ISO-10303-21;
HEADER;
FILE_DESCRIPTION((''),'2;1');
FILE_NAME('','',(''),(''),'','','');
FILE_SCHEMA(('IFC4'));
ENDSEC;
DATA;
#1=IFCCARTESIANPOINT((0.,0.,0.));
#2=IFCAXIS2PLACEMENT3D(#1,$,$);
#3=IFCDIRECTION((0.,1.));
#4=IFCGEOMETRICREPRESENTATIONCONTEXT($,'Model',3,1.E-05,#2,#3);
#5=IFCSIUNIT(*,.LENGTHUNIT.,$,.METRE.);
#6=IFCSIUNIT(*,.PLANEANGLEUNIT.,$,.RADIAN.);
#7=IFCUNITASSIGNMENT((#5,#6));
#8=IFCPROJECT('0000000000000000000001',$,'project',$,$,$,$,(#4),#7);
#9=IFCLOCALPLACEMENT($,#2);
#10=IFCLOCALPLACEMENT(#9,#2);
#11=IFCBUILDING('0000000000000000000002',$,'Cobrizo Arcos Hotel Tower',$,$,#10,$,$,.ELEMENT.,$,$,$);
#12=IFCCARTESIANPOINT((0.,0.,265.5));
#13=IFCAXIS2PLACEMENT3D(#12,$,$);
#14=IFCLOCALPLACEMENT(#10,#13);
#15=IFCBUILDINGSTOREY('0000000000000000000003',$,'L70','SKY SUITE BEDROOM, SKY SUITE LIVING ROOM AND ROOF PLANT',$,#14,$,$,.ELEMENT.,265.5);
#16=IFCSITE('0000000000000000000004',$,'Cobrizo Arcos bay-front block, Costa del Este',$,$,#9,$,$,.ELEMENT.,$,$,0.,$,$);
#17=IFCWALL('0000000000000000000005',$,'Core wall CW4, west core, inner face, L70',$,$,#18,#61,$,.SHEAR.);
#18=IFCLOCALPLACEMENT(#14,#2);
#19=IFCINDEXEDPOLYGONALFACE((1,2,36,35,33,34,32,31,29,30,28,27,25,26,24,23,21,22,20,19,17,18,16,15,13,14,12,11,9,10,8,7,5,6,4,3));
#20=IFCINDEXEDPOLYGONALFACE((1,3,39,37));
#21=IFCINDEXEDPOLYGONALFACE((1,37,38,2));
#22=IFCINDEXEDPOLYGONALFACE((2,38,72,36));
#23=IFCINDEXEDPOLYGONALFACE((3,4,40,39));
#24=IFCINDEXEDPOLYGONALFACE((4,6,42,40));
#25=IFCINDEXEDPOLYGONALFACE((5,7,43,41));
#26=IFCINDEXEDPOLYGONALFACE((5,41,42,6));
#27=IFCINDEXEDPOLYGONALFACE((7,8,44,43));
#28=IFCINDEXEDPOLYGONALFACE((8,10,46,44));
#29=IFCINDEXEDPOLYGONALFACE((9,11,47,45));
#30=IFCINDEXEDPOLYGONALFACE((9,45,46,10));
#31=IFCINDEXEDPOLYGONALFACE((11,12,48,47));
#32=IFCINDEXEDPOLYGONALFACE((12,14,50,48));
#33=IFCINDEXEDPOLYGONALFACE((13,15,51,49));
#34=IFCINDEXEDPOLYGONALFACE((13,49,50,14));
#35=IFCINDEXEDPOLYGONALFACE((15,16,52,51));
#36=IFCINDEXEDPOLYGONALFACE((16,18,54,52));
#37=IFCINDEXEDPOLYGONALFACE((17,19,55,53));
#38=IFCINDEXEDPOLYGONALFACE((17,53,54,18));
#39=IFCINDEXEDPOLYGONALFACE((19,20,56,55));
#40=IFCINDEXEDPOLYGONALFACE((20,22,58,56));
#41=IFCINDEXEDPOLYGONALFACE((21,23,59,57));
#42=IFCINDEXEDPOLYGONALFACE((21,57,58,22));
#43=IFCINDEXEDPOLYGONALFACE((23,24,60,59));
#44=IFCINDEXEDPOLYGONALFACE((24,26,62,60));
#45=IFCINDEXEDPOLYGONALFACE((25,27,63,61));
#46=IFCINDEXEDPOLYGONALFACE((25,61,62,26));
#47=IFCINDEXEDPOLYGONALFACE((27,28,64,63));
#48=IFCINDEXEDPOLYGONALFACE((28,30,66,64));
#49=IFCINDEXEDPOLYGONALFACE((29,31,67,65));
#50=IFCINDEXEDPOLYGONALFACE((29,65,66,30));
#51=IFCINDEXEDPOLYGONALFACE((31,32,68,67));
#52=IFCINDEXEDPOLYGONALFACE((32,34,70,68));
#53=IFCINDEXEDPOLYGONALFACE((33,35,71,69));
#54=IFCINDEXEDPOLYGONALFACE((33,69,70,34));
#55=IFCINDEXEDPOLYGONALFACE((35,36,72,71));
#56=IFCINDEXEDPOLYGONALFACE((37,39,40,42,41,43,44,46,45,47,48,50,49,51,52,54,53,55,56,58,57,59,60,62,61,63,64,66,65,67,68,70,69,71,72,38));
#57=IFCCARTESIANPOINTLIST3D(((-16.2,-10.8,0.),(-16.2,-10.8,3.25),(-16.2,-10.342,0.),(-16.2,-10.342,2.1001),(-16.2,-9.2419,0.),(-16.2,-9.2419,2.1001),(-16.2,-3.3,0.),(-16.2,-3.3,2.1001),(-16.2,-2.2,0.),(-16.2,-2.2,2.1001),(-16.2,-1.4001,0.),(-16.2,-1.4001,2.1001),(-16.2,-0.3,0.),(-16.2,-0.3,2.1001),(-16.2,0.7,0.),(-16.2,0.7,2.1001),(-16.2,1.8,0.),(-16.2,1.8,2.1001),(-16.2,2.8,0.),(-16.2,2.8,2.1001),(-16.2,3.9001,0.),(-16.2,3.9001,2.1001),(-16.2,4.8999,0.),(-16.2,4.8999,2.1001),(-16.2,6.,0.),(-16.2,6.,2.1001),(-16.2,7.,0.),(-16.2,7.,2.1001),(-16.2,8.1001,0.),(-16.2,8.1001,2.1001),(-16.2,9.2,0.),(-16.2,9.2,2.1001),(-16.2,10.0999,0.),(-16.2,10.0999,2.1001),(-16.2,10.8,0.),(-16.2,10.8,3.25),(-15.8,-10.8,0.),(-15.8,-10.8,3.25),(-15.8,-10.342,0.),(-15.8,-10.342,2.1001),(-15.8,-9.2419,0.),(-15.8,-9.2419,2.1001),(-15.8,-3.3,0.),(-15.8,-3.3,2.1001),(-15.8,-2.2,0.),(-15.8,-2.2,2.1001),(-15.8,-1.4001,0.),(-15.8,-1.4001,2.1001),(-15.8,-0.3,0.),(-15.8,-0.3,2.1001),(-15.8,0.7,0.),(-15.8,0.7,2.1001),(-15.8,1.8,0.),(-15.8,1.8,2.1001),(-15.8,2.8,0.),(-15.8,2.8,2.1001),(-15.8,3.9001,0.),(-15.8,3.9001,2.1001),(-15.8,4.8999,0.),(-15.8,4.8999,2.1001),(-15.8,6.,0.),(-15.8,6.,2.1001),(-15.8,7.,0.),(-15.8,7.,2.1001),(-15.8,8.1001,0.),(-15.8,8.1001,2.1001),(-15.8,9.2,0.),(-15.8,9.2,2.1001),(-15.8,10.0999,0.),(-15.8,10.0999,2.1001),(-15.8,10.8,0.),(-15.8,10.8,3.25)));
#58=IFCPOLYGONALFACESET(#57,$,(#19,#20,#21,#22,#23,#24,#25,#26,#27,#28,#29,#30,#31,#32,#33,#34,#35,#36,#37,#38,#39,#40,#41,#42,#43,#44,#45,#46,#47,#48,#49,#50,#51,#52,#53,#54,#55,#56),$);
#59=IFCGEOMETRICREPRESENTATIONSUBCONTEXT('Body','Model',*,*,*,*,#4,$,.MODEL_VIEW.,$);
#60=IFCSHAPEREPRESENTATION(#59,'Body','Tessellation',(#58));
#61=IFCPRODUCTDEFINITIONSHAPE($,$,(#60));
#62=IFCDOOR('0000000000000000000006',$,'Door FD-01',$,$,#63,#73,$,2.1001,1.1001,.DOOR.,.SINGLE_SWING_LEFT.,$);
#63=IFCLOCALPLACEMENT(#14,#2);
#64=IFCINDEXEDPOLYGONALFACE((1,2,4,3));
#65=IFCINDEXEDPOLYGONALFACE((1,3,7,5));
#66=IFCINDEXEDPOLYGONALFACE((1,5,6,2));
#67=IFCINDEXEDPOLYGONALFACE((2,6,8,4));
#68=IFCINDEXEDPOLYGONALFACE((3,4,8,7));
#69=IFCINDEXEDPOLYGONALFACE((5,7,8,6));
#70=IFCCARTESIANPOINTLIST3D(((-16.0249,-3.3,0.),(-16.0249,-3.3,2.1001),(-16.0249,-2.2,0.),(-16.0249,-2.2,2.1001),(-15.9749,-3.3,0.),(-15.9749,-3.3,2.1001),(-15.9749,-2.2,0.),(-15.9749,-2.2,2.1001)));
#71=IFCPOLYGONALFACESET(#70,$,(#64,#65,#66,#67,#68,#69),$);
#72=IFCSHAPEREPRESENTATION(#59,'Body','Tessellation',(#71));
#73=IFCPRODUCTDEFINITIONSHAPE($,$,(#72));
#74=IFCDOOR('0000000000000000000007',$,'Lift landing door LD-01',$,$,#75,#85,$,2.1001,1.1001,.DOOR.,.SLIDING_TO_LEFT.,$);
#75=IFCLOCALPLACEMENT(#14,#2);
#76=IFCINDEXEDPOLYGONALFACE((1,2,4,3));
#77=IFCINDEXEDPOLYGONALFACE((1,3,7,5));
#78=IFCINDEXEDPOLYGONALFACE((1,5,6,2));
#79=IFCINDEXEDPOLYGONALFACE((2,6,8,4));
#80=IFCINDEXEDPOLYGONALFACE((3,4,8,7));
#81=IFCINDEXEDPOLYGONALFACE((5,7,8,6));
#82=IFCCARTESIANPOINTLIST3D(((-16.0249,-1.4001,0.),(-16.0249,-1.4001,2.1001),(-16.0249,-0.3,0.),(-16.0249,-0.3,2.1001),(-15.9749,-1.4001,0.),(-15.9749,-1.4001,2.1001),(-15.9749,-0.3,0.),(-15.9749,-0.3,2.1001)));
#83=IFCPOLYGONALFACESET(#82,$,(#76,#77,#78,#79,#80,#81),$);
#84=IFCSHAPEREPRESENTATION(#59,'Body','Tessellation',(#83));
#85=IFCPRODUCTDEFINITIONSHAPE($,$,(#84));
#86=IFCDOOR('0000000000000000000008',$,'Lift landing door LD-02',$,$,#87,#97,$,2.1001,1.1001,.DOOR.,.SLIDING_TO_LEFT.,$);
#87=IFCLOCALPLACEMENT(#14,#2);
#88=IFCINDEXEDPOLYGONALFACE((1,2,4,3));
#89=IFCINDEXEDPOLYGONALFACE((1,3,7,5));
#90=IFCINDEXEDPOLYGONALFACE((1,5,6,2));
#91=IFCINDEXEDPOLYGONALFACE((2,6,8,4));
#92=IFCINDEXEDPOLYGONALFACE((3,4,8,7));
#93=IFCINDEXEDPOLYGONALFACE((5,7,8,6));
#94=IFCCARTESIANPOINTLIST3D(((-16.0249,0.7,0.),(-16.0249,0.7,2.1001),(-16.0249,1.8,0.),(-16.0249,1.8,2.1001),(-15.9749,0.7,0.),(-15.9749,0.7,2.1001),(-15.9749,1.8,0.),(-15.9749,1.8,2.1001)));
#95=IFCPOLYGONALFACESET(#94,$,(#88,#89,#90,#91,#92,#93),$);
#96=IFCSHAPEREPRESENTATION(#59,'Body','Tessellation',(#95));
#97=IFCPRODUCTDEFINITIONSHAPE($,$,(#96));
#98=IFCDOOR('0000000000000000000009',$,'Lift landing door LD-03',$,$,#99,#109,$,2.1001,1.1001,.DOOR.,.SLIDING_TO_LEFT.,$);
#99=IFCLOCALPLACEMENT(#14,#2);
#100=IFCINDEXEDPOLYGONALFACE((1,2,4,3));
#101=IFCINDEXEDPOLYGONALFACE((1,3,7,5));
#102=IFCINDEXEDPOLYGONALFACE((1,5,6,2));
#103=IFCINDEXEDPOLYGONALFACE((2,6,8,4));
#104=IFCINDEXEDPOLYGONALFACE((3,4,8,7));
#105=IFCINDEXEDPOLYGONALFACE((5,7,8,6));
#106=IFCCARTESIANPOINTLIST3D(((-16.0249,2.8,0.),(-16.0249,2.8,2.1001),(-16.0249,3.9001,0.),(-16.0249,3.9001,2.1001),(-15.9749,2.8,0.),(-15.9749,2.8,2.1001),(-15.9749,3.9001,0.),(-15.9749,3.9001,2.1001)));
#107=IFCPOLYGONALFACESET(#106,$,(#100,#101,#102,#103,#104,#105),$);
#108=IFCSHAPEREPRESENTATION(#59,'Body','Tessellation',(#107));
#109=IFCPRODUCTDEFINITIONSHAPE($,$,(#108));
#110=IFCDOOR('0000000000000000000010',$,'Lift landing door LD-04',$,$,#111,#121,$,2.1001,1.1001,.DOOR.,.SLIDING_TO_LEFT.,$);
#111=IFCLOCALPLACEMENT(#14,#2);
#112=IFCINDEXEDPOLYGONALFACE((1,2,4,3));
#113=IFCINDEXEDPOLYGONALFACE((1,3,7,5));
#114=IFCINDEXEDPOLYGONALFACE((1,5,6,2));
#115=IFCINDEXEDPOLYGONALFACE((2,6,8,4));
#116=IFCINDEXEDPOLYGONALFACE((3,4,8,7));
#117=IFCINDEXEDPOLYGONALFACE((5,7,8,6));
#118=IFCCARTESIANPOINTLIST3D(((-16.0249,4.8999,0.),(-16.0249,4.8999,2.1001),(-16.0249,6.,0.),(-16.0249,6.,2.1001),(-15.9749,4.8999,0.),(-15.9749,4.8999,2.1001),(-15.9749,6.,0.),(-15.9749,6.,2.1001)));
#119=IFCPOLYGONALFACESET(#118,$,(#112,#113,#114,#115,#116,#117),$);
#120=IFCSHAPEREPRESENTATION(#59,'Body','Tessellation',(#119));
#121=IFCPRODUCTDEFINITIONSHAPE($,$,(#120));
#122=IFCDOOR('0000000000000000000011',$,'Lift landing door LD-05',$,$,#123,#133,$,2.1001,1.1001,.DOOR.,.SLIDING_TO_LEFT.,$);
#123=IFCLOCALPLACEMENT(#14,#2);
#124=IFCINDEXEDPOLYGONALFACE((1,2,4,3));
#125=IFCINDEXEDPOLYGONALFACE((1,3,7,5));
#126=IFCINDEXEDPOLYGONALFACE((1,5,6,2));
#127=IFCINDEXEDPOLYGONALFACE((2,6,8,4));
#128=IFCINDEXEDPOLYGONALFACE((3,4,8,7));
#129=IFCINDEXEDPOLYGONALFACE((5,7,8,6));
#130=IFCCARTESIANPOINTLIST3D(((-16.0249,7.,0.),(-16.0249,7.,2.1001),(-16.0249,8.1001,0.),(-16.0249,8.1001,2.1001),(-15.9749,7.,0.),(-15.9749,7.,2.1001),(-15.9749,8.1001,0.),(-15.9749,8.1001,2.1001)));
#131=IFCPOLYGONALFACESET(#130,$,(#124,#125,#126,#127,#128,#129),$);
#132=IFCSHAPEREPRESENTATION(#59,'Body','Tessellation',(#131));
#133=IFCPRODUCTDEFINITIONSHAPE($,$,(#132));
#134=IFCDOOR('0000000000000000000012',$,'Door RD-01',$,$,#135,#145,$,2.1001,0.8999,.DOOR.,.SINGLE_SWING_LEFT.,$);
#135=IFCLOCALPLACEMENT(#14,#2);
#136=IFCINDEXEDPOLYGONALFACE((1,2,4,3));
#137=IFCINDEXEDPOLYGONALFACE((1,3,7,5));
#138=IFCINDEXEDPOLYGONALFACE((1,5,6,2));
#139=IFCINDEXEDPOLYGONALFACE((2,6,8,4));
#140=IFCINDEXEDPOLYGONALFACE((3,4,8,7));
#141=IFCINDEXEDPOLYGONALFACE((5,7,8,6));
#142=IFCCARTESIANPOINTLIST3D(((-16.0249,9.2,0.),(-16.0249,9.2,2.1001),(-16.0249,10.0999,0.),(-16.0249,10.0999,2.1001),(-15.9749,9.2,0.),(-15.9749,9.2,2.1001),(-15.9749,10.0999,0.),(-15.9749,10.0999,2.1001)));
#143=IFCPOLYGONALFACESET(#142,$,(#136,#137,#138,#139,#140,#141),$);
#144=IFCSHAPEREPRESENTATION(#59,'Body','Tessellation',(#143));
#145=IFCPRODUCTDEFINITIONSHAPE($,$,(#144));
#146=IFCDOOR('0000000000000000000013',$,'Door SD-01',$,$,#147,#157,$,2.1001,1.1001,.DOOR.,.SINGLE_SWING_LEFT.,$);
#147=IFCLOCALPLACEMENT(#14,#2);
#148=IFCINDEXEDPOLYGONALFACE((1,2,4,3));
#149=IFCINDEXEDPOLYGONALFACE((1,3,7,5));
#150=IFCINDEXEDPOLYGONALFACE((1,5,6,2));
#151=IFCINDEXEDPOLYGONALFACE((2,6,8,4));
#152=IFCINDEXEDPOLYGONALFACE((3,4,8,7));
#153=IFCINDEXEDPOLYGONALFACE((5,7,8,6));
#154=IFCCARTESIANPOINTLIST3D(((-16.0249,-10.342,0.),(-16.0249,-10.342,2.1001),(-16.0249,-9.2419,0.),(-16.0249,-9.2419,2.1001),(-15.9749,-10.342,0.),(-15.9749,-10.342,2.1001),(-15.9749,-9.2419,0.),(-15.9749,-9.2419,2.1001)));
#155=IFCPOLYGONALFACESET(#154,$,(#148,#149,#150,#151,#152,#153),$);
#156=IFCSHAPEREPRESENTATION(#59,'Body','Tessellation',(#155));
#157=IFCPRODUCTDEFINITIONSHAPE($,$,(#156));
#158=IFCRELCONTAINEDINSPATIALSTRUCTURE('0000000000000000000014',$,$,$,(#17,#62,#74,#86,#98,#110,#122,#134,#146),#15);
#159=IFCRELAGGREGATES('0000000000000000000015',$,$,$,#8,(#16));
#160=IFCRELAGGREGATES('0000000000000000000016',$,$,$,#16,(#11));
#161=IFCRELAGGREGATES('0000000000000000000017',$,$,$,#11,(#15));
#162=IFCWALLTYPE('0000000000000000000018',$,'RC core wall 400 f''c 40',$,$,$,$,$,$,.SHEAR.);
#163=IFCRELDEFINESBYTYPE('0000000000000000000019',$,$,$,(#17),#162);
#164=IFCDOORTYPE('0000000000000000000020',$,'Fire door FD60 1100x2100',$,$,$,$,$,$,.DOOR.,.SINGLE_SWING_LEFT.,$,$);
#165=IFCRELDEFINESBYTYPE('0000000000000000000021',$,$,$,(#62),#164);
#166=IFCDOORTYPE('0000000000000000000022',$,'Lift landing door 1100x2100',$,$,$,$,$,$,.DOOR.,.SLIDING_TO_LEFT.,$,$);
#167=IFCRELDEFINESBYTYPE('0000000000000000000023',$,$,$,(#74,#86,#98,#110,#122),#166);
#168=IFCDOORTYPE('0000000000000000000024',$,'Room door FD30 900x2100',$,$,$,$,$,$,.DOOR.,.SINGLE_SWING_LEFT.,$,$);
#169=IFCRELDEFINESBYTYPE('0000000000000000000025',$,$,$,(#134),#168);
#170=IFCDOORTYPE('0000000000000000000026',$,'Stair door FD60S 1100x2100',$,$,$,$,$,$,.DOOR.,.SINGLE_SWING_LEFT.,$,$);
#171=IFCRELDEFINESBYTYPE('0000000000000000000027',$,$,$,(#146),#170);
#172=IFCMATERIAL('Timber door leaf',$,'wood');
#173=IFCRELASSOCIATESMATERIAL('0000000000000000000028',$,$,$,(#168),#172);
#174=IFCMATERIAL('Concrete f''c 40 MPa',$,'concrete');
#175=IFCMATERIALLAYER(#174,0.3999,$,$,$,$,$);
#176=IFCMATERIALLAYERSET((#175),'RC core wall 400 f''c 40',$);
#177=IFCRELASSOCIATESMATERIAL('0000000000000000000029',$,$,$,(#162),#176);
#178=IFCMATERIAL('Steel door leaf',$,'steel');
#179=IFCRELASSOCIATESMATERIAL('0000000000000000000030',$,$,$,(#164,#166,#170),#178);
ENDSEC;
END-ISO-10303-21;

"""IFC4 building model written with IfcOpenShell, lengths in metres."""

from ifc_helpers import new_model, si_unit, direction, frame, frame_2d, origin, place, context, subcontext, project, spatial, rectangle, extrude, material, layer, layer_set, type_object, element, fill, save


model = new_model("IFC4")

# Units and contexts
model_context = context("Model", 3, precision=1e-05, world=origin(), true_north=direction((0.0, 1.0)))
body_context = subcontext(model_context, "Body", "Model", "MODEL_VIEW")
ifc_project = project(units=[si_unit("LENGTHUNIT", "METRE"), si_unit("PLANEANGLEUNIT", "RADIAN")], contexts=[model_context])

# Site, building, storey
site_placement = place(None, origin())
site = spatial("IfcSite", under=ifc_project, at=site_placement, Name="Cobrizo Arcos bay-front block, Costa del Este", CompositionType="ELEMENT", RefElevation=0.0)
building_placement = place(site_placement, origin())
building = spatial("IfcBuilding", under=site, at=building_placement, Name="Cobrizo Arcos Hotel Tower", CompositionType="ELEMENT")
storey_placement = place(building_placement, frame((0.0, 0.0, 265.5)))
storey = spatial("IfcBuildingStorey", under=building, at=storey_placement, Name="L70", Description="SKY SUITE BEDROOM, SKY SUITE LIVING ROOM AND ROOF PLANT", CompositionType="ELEMENT", Elevation=265.5)

# Shared definitions
ifc_material_1 = material(Name="Timber door leaf", Category="wood")
door_type_1 = type_object("IfcDoorType", Name="Room door FD30 900x2100", OperationType="SINGLE_SWING_LEFT", PredefinedType="DOOR", material=ifc_material_1)

# Wall, openings, doors
ifc_material_2 = material(Name="Concrete f'c 40 MPa", Category="concrete")
ifc_layer_1 = layer(ifc_material_2, 0.3999)
ifc_layer_set_1 = layer_set([ifc_layer_1], Name="RC core wall 400 f'c 40")
wall_type_1 = type_object("IfcWallType", Name="RC core wall 400 f'c 40", PredefinedType="SHEAR", material=ifc_layer_set_1)
wall_1_placement = place(storey_placement, frame((-16.0, -10.8, 0.0), z_axis=(0.0, 0.0, 1.0), x_axis=(0.0, 1.0, 0.0)))
wall_1 = element("IfcWall", 1, at=wall_1_placement, inside=storey, type_object=wall_type_1, Name="Core wall CW4, west core, inner face, L70", PredefinedType="SHEAR", context=body_context, shape_type="SweptSolid", body=[
    extrude(rectangle(XDim=21.6001, YDim=0.3999, at=frame_2d((10.8, 0.0))), origin(), (0.0, 0.0, 1.0), 3.25),
])
opening_1_placement = place(wall_1_placement, frame((9.3999, 0.0, 0.0)))
opening_1 = element("IfcOpeningElement", 2, at=opening_1_placement, cuts=wall_1, PredefinedType="OPENING", context=body_context, shape_type="SweptSolid", body=[
    extrude(rectangle(XDim=1.1001, YDim=2.1001, at=frame_2d((0.55, 1.05))), frame((0.0, 0.2119, 0.0), z_axis=(0.0, -1.0, 0.0), x_axis=(1.0, 0.0, 0.0)), (0.0, 0.0, 1.0), 0.4238),
])
opening_2_placement = place(wall_1_placement, frame((11.5, 0.0, 0.0)))
opening_2 = element("IfcOpeningElement", 3, at=opening_2_placement, cuts=wall_1, PredefinedType="OPENING", context=body_context, shape_type="SweptSolid", body=[
    extrude(rectangle(XDim=1.1001, YDim=2.1001, at=frame_2d((0.55, 1.05))), frame((0.0, 0.2119, 0.0), z_axis=(0.0, -1.0, 0.0), x_axis=(1.0, 0.0, 0.0)), (0.0, 0.0, 1.0), 0.4238),
])
opening_3_placement = place(wall_1_placement, frame((13.6001, 0.0, 0.0)))
opening_3 = element("IfcOpeningElement", 4, at=opening_3_placement, cuts=wall_1, PredefinedType="OPENING", context=body_context, shape_type="SweptSolid", body=[
    extrude(rectangle(XDim=1.1001, YDim=2.1001, at=frame_2d((0.55, 1.05))), frame((0.0, 0.2119, 0.0), z_axis=(0.0, -1.0, 0.0), x_axis=(1.0, 0.0, 0.0)), (0.0, 0.0, 1.0), 0.4238),
])
opening_4_placement = place(wall_1_placement, frame((15.7, 0.0, 0.0)))
opening_4 = element("IfcOpeningElement", 5, at=opening_4_placement, cuts=wall_1, PredefinedType="OPENING", context=body_context, shape_type="SweptSolid", body=[
    extrude(rectangle(XDim=1.1001, YDim=2.1001, at=frame_2d((0.55, 1.05))), frame((0.0, 0.2119, 0.0), z_axis=(0.0, -1.0, 0.0), x_axis=(1.0, 0.0, 0.0)), (0.0, 0.0, 1.0), 0.4238),
])
opening_5_placement = place(wall_1_placement, frame((17.8, 0.0, 0.0)))
opening_5 = element("IfcOpeningElement", 6, at=opening_5_placement, cuts=wall_1, PredefinedType="OPENING", context=body_context, shape_type="SweptSolid", body=[
    extrude(rectangle(XDim=1.1001, YDim=2.1001, at=frame_2d((0.55, 1.05))), frame((0.0, 0.2119, 0.0), z_axis=(0.0, -1.0, 0.0), x_axis=(1.0, 0.0, 0.0)), (0.0, 0.0, 1.0), 0.4238),
])
opening_6_placement = place(wall_1_placement, frame((0.458, 0.0, 0.0)))
opening_6 = element("IfcOpeningElement", 7, at=opening_6_placement, cuts=wall_1, PredefinedType="OPENING", context=body_context, shape_type="SweptSolid", body=[
    extrude(rectangle(XDim=1.1001, YDim=2.1001, at=frame_2d((0.55, 1.05))), frame((0.0, 0.2119, 0.0), z_axis=(0.0, -1.0, 0.0), x_axis=(1.0, 0.0, 0.0)), (0.0, 0.0, 1.0), 0.4238),
])
opening_7_placement = place(wall_1_placement, frame((7.5, 0.0, 0.0)))
opening_7 = element("IfcOpeningElement", 8, at=opening_7_placement, cuts=wall_1, PredefinedType="OPENING", context=body_context, shape_type="SweptSolid", body=[
    extrude(rectangle(XDim=1.1001, YDim=2.1001, at=frame_2d((0.55, 1.05))), frame((0.0, 0.2119, 0.0), z_axis=(0.0, -1.0, 0.0), x_axis=(1.0, 0.0, 0.0)), (0.0, 0.0, 1.0), 0.4238),
])
opening_8_placement = place(wall_1_placement, frame((20.0, 0.0, 0.0)))
opening_8 = element("IfcOpeningElement", 9, at=opening_8_placement, cuts=wall_1, PredefinedType="OPENING", context=body_context, shape_type="SweptSolid", body=[
    extrude(rectangle(XDim=0.8999, YDim=2.1001, at=frame_2d((0.45, 1.05))), frame((0.0, 0.2119, 0.0), z_axis=(0.0, -1.0, 0.0), x_axis=(1.0, 0.0, 0.0)), (0.0, 0.0, 1.0), 0.4238),
])
ifc_material_3 = material(Name="Steel door leaf", Category="steel")
door_type_2 = type_object("IfcDoorType", Name="Fire door FD60 1100x2100", OperationType="SINGLE_SWING_LEFT", PredefinedType="DOOR", material=ifc_material_3)
door_1_placement = place(opening_7_placement, origin())
door_1 = element("IfcDoor", 10, at=door_1_placement, inside=storey, type_object=door_type_2, Name="Door FD-01", OperationType="SINGLE_SWING_LEFT", OverallHeight=2.1001, OverallWidth=1.1001, PredefinedType="DOOR", context=body_context, shape_type="SweptSolid", body=[
    extrude(rectangle(XDim=1.1001, YDim=2.1001, at=frame_2d((0.55, 1.05))), frame((0.0, 0.0249, 0.0), z_axis=(0.0, -1.0, 0.0), x_axis=(1.0, 0.0, 0.0)), (0.0, 0.0, 1.0), 0.05),
])
fill(opening_7, door_1)
door_type_3 = type_object("IfcDoorType", Name="Lift landing door 1100x2100", OperationType="SLIDING_TO_LEFT", PredefinedType="DOOR", material=ifc_material_3)
door_2_placement = place(opening_1_placement, origin())
door_2 = element("IfcDoor", 11, at=door_2_placement, inside=storey, type_object=door_type_3, Name="Lift landing door LD-01", OperationType="SLIDING_TO_LEFT", OverallHeight=2.1001, OverallWidth=1.1001, PredefinedType="DOOR", context=body_context, shape_type="SweptSolid", body=[
    extrude(rectangle(XDim=1.1001, YDim=2.1001, at=frame_2d((0.55, 1.05))), frame((0.0, 0.0249, 0.0), z_axis=(0.0, -1.0, 0.0), x_axis=(1.0, 0.0, 0.0)), (0.0, 0.0, 1.0), 0.05),
])
fill(opening_1, door_2)
door_3_placement = place(opening_2_placement, origin())
door_3 = element("IfcDoor", 12, at=door_3_placement, inside=storey, type_object=door_type_3, Name="Lift landing door LD-02", OperationType="SLIDING_TO_LEFT", OverallHeight=2.1001, OverallWidth=1.1001, PredefinedType="DOOR", context=body_context, shape_type="SweptSolid", body=[
    extrude(rectangle(XDim=1.1001, YDim=2.1001, at=frame_2d((0.55, 1.05))), frame((0.0, 0.0249, 0.0), z_axis=(0.0, -1.0, 0.0), x_axis=(1.0, 0.0, 0.0)), (0.0, 0.0, 1.0), 0.05),
])
fill(opening_2, door_3)
door_4_placement = place(opening_3_placement, origin())
door_4 = element("IfcDoor", 13, at=door_4_placement, inside=storey, type_object=door_type_3, Name="Lift landing door LD-03", OperationType="SLIDING_TO_LEFT", OverallHeight=2.1001, OverallWidth=1.1001, PredefinedType="DOOR", context=body_context, shape_type="SweptSolid", body=[
    extrude(rectangle(XDim=1.1001, YDim=2.1001, at=frame_2d((0.55, 1.05))), frame((0.0, 0.0249, 0.0), z_axis=(0.0, -1.0, 0.0), x_axis=(1.0, 0.0, 0.0)), (0.0, 0.0, 1.0), 0.05),
])
fill(opening_3, door_4)
door_5_placement = place(opening_4_placement, origin())
door_5 = element("IfcDoor", 14, at=door_5_placement, inside=storey, type_object=door_type_3, Name="Lift landing door LD-04", OperationType="SLIDING_TO_LEFT", OverallHeight=2.1001, OverallWidth=1.1001, PredefinedType="DOOR", context=body_context, shape_type="SweptSolid", body=[
    extrude(rectangle(XDim=1.1001, YDim=2.1001, at=frame_2d((0.55, 1.05))), frame((0.0, 0.0249, 0.0), z_axis=(0.0, -1.0, 0.0), x_axis=(1.0, 0.0, 0.0)), (0.0, 0.0, 1.0), 0.05),
])
fill(opening_4, door_5)
door_6_placement = place(opening_5_placement, origin())
door_6 = element("IfcDoor", 15, at=door_6_placement, inside=storey, type_object=door_type_3, Name="Lift landing door LD-05", OperationType="SLIDING_TO_LEFT", OverallHeight=2.1001, OverallWidth=1.1001, PredefinedType="DOOR", context=body_context, shape_type="SweptSolid", body=[
    extrude(rectangle(XDim=1.1001, YDim=2.1001, at=frame_2d((0.55, 1.05))), frame((0.0, 0.0249, 0.0), z_axis=(0.0, -1.0, 0.0), x_axis=(1.0, 0.0, 0.0)), (0.0, 0.0, 1.0), 0.05),
])
fill(opening_5, door_6)
door_7_placement = place(opening_8_placement, origin())
door_7 = element("IfcDoor", 16, at=door_7_placement, inside=storey, type_object=door_type_1, Name="Door RD-01", OperationType="SINGLE_SWING_LEFT", OverallHeight=2.1001, OverallWidth=0.8999, PredefinedType="DOOR", context=body_context, shape_type="SweptSolid", body=[
    extrude(rectangle(XDim=0.8999, YDim=2.1001, at=frame_2d((0.45, 1.05))), frame((0.0, 0.0249, 0.0), z_axis=(0.0, -1.0, 0.0), x_axis=(1.0, 0.0, 0.0)), (0.0, 0.0, 1.0), 0.05),
])
fill(opening_8, door_7)
door_type_4 = type_object("IfcDoorType", Name="Stair door FD60S 1100x2100", OperationType="SINGLE_SWING_LEFT", PredefinedType="DOOR", material=ifc_material_3)
door_8_placement = place(opening_6_placement, origin())
door_8 = element("IfcDoor", 17, at=door_8_placement, inside=storey, type_object=door_type_4, Name="Door SD-01", OperationType="SINGLE_SWING_LEFT", OverallHeight=2.1001, OverallWidth=1.1001, PredefinedType="DOOR", context=body_context, shape_type="SweptSolid", body=[
    extrude(rectangle(XDim=1.1001, YDim=2.1001, at=frame_2d((0.55, 1.05))), frame((0.0, 0.0249, 0.0), z_axis=(0.0, -1.0, 0.0), x_axis=(1.0, 0.0, 0.0)), (0.0, 0.0, 1.0), 0.05),
])
fill(opening_6, door_8)

save(model, "model.ifc")
